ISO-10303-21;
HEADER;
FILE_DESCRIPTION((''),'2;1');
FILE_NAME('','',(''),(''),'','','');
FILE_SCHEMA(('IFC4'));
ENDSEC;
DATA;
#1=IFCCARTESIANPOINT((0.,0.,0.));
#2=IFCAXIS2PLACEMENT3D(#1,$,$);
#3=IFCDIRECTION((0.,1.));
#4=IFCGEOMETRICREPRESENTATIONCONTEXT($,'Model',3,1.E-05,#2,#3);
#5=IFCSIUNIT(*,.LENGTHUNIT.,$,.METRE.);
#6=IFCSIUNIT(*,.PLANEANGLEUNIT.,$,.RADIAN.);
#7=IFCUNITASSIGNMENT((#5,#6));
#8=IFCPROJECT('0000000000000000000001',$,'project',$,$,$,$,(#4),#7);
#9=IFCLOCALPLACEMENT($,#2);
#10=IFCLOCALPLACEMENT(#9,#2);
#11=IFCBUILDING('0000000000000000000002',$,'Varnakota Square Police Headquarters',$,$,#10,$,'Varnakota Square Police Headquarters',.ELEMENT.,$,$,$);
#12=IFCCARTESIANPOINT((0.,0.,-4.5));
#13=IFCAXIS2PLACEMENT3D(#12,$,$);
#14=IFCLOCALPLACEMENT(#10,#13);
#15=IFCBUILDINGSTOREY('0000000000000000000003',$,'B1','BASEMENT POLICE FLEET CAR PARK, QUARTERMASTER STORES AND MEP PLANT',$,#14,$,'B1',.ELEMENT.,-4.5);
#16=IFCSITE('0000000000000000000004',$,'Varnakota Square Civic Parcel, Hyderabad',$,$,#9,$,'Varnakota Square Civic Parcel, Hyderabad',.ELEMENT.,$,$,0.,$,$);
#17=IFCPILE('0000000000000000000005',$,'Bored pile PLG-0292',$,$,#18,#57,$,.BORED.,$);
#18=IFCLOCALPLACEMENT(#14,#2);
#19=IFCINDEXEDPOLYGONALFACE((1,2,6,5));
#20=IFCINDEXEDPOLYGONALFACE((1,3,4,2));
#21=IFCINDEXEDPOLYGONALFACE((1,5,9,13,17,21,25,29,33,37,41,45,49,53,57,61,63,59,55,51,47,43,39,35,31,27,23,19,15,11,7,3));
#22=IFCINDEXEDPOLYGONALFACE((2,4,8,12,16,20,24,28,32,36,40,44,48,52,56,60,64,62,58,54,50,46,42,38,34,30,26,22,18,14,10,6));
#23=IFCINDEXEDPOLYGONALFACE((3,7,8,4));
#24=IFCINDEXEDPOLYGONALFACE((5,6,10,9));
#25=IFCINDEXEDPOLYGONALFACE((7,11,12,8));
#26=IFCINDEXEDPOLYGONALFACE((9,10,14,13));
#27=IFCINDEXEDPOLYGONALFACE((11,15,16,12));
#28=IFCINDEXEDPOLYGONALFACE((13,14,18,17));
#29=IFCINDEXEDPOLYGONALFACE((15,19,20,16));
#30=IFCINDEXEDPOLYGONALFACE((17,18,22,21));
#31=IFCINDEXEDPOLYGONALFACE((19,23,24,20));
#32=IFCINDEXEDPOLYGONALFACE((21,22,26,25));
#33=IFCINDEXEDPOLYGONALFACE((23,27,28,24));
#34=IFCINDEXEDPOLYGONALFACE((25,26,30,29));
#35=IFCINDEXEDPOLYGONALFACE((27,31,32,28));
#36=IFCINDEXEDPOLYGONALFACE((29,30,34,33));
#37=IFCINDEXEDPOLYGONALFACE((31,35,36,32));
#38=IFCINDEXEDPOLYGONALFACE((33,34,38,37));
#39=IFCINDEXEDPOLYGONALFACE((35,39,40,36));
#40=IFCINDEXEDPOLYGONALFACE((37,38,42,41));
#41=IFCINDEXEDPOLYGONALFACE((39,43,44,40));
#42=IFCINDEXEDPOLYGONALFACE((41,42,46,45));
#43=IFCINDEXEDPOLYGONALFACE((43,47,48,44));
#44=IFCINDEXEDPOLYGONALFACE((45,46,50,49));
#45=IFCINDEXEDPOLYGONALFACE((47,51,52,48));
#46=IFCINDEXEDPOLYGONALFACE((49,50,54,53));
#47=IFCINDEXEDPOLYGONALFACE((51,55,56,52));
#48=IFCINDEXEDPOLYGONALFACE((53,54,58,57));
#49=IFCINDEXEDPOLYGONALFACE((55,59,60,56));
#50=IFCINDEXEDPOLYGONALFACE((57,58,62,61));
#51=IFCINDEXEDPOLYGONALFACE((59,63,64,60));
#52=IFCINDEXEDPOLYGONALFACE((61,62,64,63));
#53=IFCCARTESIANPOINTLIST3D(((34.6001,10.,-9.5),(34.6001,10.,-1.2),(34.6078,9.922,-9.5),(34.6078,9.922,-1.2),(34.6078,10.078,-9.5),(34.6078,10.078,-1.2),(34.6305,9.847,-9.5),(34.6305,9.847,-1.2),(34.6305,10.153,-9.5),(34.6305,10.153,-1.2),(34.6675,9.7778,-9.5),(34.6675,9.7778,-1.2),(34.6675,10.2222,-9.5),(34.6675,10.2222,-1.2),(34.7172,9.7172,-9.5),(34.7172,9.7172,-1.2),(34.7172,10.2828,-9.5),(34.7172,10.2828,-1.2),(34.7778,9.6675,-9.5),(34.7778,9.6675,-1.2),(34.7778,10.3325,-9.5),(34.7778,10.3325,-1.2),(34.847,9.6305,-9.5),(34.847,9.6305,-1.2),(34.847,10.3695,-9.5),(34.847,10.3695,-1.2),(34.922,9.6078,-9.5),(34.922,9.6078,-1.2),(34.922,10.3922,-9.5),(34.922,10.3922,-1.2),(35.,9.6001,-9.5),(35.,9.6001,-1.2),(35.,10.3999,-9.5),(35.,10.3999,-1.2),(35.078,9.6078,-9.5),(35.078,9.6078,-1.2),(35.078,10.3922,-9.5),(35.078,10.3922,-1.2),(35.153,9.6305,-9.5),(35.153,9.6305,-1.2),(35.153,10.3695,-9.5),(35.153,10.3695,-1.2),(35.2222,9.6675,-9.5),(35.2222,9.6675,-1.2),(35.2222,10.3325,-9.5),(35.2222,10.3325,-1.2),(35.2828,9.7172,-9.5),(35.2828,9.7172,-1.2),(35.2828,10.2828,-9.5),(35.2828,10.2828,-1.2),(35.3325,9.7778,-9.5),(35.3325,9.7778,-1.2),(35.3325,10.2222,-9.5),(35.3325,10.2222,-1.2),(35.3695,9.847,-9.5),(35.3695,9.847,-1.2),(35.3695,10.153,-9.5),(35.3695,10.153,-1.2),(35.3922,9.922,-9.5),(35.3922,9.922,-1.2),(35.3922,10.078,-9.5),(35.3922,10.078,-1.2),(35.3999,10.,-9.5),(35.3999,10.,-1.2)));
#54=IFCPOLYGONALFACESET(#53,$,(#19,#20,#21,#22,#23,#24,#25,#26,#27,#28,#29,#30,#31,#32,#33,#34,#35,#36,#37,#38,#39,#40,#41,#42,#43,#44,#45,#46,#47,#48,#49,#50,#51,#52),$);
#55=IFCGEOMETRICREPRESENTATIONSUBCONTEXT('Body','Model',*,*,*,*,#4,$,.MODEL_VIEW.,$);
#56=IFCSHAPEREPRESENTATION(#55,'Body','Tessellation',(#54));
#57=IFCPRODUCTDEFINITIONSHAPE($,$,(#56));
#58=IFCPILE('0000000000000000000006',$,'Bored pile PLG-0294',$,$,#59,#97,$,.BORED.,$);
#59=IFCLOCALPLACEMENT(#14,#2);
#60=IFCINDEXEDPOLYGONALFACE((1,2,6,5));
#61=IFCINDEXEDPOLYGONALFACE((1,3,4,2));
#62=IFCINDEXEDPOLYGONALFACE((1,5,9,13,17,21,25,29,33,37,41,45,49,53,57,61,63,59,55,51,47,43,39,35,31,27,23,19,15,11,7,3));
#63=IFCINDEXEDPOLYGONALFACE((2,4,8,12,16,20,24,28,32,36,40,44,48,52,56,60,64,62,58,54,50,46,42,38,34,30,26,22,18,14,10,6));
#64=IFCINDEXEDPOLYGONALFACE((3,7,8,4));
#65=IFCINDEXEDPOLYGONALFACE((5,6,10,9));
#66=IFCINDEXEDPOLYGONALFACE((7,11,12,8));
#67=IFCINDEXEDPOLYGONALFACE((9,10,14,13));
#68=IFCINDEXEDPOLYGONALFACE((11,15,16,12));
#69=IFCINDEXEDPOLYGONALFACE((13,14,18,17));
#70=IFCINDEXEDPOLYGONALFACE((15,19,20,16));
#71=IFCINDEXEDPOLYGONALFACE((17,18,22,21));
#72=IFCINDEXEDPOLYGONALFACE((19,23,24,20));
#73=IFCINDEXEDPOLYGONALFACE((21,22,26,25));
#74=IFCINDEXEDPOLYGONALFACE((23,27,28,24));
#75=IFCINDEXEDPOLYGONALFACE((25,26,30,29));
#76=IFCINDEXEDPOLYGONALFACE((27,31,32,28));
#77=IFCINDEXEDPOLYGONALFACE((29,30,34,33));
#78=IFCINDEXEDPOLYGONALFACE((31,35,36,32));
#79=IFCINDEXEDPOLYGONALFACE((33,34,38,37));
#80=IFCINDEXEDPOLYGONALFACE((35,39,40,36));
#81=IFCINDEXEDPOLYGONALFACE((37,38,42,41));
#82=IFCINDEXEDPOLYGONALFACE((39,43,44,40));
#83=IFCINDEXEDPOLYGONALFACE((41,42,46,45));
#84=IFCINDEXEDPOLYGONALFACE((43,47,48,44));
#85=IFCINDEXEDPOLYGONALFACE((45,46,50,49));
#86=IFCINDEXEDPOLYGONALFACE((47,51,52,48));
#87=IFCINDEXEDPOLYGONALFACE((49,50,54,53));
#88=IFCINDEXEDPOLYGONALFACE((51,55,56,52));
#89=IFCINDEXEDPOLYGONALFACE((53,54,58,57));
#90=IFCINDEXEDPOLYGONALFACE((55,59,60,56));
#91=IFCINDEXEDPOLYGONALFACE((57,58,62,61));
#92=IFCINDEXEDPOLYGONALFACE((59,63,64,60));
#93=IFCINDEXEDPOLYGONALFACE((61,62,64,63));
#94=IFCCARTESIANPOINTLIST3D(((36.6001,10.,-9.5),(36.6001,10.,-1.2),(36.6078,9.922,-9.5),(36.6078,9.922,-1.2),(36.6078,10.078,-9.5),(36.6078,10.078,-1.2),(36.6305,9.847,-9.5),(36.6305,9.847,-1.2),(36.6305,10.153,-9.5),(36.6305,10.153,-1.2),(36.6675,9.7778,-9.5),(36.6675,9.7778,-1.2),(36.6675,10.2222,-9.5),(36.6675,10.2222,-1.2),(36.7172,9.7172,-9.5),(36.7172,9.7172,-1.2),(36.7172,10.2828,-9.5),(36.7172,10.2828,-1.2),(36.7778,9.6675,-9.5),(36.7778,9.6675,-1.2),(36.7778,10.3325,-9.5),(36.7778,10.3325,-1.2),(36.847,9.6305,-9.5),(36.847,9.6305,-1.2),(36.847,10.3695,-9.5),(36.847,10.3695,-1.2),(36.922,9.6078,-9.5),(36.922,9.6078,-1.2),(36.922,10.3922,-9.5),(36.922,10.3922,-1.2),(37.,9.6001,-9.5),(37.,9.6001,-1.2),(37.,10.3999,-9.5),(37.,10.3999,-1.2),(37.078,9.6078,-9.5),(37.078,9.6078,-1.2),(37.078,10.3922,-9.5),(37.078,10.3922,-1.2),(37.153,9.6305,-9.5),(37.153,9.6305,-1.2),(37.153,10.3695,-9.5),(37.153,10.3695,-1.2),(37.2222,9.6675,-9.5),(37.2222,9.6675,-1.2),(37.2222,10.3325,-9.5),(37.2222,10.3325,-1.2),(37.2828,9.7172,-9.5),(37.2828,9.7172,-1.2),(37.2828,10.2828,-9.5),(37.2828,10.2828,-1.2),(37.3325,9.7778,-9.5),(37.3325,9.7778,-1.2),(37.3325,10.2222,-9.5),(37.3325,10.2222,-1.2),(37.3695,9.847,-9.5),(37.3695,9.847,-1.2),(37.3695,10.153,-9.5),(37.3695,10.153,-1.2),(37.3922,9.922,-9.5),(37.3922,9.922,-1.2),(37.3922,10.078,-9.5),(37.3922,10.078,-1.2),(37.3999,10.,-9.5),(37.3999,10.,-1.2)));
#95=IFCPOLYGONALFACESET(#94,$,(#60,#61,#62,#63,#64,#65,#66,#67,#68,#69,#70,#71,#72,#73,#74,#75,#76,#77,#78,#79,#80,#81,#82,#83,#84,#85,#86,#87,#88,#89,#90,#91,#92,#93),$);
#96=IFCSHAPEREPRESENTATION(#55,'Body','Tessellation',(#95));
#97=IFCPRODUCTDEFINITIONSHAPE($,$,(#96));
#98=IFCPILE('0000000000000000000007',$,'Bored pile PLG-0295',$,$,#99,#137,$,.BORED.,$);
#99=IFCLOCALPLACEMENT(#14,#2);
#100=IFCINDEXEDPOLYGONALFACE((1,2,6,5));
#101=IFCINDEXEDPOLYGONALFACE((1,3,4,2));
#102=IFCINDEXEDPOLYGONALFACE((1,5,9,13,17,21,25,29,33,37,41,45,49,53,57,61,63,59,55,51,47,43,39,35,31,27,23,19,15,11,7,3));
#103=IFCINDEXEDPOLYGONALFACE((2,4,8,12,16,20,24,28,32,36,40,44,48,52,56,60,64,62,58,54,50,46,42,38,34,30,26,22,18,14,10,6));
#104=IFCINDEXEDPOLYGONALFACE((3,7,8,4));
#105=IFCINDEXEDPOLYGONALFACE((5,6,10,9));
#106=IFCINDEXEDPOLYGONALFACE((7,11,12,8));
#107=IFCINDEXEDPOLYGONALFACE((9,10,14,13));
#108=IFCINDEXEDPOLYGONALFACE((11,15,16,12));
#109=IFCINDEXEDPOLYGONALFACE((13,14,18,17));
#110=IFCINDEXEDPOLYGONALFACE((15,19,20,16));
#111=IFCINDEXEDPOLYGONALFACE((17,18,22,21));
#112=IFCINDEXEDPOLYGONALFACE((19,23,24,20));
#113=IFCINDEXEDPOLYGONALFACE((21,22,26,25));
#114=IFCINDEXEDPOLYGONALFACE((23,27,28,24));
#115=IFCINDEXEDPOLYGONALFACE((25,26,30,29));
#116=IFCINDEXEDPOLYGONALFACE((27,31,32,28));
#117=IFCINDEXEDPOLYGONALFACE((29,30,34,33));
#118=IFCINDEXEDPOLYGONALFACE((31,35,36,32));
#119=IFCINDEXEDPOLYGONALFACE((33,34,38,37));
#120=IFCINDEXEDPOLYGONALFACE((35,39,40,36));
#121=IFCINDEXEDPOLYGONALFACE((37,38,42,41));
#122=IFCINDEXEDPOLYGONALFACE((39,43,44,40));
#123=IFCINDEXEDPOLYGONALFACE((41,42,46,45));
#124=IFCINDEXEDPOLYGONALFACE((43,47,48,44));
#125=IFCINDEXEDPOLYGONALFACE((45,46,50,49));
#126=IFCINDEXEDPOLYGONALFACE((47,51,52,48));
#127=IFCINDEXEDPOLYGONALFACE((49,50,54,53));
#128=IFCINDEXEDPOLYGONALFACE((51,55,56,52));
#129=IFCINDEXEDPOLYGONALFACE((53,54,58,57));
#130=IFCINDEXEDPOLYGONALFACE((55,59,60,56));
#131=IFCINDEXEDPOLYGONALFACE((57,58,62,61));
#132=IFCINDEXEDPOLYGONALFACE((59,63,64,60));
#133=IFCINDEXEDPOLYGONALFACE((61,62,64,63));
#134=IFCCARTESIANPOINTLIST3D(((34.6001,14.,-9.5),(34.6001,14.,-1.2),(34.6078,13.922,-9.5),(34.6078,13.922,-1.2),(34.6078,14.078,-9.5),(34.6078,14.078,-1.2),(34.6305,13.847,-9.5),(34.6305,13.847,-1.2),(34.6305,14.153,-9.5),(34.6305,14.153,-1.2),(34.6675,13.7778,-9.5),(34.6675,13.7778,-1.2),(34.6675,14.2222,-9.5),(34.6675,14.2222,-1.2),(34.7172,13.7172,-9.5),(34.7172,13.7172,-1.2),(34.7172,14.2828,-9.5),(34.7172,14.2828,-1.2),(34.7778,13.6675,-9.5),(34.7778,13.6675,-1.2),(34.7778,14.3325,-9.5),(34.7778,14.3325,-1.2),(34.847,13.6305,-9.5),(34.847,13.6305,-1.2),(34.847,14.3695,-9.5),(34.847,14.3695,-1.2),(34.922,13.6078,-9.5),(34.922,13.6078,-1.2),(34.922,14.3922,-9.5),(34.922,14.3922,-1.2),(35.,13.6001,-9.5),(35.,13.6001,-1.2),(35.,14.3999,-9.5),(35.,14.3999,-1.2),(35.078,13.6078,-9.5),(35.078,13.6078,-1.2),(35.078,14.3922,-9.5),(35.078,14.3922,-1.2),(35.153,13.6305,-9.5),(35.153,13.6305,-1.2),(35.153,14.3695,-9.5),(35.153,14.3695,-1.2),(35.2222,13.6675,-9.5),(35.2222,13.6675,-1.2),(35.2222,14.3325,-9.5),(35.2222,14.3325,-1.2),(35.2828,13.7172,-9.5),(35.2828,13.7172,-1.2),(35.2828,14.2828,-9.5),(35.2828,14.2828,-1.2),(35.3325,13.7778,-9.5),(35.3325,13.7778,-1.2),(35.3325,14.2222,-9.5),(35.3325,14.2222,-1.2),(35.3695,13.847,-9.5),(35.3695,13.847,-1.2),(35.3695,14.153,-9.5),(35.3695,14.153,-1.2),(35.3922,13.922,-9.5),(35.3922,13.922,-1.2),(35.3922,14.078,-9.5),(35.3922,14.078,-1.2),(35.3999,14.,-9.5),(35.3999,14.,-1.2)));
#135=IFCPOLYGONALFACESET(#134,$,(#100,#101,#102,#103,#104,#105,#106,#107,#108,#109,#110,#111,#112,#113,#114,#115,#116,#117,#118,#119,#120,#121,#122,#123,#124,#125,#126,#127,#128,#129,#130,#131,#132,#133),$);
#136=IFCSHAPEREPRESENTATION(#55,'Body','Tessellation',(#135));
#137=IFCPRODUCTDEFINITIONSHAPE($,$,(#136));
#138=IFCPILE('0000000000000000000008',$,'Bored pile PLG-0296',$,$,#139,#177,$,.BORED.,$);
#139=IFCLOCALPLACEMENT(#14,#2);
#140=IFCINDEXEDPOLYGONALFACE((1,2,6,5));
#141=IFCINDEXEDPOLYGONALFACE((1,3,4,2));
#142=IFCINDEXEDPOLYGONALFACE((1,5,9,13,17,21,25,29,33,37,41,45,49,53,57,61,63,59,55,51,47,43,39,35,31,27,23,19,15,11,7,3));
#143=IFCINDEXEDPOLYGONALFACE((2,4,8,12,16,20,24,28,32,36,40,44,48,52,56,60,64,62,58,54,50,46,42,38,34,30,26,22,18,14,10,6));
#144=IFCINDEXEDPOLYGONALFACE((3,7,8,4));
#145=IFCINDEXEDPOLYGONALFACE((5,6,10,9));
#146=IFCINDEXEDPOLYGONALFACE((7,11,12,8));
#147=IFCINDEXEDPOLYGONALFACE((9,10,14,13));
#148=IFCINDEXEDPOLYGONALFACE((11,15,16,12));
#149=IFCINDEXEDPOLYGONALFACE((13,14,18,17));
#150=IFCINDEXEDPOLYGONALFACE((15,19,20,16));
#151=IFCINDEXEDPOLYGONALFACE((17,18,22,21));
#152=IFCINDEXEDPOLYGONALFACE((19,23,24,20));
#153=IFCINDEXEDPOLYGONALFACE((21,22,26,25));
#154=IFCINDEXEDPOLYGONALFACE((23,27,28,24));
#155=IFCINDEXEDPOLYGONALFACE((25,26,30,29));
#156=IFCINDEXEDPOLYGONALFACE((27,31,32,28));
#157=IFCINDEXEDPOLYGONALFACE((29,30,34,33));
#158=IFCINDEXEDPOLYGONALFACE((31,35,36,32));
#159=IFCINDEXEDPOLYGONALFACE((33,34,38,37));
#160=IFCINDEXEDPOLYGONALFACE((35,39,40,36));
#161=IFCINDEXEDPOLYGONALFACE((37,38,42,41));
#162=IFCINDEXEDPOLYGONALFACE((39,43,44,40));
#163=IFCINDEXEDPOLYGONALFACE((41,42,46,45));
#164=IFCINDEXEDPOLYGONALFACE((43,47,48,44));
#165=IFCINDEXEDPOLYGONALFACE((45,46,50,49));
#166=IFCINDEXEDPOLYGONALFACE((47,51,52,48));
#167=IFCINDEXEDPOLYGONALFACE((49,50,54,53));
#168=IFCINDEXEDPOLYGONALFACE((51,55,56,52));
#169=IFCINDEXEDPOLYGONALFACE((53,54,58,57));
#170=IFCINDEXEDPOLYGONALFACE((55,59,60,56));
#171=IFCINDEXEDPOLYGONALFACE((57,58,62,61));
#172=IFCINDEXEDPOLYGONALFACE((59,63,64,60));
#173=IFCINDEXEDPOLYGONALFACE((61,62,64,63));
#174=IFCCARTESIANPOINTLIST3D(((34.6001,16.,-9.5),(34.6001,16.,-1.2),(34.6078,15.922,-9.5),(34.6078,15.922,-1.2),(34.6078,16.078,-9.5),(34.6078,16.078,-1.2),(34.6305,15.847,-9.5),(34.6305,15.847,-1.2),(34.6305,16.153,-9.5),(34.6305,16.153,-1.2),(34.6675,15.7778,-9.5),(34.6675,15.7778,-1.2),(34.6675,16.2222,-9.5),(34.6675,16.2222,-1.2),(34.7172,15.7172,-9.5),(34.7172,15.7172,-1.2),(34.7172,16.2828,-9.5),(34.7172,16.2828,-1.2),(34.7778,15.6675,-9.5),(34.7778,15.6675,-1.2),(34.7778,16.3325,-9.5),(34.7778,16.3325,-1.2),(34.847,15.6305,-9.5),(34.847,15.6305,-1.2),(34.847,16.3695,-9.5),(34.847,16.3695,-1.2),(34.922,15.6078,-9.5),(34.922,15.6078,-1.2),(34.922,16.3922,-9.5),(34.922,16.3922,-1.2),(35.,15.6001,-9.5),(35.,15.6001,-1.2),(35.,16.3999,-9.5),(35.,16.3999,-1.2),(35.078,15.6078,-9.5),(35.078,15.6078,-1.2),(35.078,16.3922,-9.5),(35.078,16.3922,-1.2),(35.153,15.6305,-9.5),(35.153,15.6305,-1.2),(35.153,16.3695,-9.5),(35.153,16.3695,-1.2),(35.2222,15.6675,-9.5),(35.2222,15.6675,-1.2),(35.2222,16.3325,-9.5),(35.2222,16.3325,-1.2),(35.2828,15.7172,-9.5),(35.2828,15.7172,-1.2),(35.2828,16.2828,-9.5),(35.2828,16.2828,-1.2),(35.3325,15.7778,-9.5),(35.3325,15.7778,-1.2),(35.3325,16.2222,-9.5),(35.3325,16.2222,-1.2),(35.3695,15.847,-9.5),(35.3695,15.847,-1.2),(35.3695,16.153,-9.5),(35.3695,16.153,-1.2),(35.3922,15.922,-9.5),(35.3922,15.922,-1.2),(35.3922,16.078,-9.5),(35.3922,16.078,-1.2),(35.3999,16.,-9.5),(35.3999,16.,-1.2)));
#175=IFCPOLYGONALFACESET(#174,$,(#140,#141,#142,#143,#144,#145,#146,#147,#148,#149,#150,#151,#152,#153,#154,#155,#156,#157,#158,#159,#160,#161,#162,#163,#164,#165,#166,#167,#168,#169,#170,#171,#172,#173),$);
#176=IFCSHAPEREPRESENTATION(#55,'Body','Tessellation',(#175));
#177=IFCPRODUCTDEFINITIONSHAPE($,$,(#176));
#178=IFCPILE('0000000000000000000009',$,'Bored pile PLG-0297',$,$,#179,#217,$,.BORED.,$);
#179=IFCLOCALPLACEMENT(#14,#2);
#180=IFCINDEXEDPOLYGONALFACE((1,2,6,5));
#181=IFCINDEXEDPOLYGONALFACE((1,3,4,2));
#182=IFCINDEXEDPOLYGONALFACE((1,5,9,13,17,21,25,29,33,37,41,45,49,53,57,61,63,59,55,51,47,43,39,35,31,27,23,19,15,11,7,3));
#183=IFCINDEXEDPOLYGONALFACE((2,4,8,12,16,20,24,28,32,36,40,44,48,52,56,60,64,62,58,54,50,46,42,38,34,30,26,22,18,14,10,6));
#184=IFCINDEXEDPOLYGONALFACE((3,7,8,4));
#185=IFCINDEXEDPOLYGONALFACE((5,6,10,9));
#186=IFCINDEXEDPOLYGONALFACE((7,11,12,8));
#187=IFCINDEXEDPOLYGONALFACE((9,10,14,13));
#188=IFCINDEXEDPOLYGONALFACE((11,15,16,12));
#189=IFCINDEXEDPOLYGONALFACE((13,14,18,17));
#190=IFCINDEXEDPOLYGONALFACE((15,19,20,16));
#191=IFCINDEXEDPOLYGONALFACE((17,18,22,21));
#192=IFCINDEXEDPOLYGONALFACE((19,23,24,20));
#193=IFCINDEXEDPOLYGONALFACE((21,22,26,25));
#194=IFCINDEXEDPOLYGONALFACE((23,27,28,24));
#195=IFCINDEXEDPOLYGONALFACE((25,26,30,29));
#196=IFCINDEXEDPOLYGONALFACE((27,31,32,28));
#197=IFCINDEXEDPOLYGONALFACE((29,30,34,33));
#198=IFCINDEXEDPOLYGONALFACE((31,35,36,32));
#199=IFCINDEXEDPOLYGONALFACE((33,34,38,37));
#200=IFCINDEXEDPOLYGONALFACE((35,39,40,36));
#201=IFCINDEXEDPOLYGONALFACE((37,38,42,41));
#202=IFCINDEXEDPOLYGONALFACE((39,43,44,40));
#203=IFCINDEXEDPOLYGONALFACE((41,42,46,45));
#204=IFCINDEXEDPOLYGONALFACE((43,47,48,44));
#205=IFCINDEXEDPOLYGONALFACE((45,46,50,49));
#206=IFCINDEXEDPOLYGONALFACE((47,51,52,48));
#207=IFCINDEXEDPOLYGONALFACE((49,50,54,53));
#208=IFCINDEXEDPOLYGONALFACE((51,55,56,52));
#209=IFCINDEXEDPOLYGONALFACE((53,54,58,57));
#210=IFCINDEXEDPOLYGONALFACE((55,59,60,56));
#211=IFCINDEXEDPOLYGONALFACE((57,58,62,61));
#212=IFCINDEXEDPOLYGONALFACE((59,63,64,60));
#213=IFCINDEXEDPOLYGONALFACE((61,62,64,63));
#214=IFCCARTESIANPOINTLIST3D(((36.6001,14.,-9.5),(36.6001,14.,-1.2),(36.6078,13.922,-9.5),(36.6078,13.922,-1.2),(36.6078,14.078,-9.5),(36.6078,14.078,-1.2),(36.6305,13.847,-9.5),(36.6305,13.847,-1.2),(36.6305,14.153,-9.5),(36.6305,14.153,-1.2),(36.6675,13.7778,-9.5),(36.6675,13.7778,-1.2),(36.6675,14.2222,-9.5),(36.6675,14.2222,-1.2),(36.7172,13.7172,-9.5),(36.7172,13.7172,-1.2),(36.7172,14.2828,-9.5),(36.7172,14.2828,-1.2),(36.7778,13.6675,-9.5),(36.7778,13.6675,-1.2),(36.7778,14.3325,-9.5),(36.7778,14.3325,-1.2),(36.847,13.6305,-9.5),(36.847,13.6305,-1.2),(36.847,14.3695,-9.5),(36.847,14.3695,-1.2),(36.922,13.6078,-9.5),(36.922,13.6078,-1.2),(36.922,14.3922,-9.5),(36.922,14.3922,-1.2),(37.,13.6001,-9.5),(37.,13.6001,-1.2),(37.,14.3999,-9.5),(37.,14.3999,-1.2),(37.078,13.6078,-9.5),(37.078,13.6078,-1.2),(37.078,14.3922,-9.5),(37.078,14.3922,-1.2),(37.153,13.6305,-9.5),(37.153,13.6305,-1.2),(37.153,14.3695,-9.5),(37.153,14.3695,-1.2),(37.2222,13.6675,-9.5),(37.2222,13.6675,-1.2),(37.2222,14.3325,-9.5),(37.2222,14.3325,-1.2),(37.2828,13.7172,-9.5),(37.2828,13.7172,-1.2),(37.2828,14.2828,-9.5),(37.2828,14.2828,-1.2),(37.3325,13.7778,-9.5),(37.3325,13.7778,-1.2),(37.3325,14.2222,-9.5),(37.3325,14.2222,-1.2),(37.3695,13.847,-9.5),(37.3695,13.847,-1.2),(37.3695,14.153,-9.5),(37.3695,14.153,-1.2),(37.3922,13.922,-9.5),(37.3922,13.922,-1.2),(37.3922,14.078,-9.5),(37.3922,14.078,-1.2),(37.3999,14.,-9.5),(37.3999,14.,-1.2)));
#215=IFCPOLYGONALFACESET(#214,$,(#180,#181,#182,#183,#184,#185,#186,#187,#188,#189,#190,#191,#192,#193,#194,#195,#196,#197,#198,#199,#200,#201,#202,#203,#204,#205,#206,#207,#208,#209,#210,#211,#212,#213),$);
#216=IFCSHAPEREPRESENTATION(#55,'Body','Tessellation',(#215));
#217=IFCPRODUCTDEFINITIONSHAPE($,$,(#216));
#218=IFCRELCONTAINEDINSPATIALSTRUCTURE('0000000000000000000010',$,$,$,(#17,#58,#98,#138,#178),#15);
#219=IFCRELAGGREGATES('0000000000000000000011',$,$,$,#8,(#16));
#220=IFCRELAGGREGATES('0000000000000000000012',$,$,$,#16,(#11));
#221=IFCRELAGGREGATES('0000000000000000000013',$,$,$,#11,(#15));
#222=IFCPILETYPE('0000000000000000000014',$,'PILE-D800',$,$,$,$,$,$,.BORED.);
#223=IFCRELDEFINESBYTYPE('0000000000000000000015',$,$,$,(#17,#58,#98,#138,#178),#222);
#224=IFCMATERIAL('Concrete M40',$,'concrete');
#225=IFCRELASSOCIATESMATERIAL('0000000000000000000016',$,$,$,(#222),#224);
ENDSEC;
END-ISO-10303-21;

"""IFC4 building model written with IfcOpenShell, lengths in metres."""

from ifc_helpers import new_model, si_unit, direction, frame, origin, origin_2d, place, context, subcontext, project, spatial, circle, extrude, material, material_profile, profile_set, type_object, element, save


model = new_model("IFC4")

# Units and contexts
model_context = context("Model", 3, precision=1e-05, world=origin(), true_north=direction((0.0, 1.0)))
body_context = subcontext(model_context, "Body", "Model", "MODEL_VIEW")
ifc_project = project(units=[si_unit("LENGTHUNIT", "METRE"), si_unit("PLANEANGLEUNIT", "RADIAN")], contexts=[model_context])

# Site, building, storey
site_placement = place(None, origin())
site = spatial("IfcSite", under=ifc_project, at=site_placement, Name="Varnakota Square Civic Parcel, Hyderabad", LongName="Varnakota Square Civic Parcel, Hyderabad", CompositionType="ELEMENT", RefElevation=0.0)
building_placement = place(site_placement, origin())
building = spatial("IfcBuilding", under=site, at=building_placement, Name="Varnakota Square Police Headquarters", LongName="Varnakota Square Police Headquarters", CompositionType="ELEMENT")
storey_placement = place(building_placement, frame((0.0, 0.0, -4.5)))
storey = spatial("IfcBuildingStorey", under=building, at=storey_placement, Name="B1", Description="BASEMENT POLICE FLEET CAR PARK, QUARTERMASTER STORES AND MEP PLANT", LongName="B1", CompositionType="ELEMENT", Elevation=-4.5)

# Shared definitions
ifc_material_1 = material(Name="Concrete M40", Category="concrete")

# Piles
ifc_material_profile_1 = material_profile(ifc_material_1, circle(Radius=0.3999, at=origin_2d()), Name="BORED PILE 800")
ifc_profile_set_1 = profile_set([ifc_material_profile_1], Name="Concrete M40")
pile_type = type_object("IfcPileType", Name="PILE-D800", PredefinedType="BORED", material=ifc_profile_set_1)
for number, where, z_axis, x_axis, name in (
    (1, (35.0, 10.0, -1.2), (0.0, 0.0, -1.0), (1.0, 0.0, 0.0), "Bored pile PLG-0292"),
    (2, (37.0, 10.0, -1.2), (0.0, 0.0, -1.0), (1.0, 0.0, 0.0), "Bored pile PLG-0294"),
    (3, (35.0, 14.0, -1.2), (0.0, 0.0, -1.0), (1.0, 0.0, 0.0), "Bored pile PLG-0295"),
    (4, (35.0, 16.0, -1.2), (0.0, 0.0, -1.0), (1.0, 0.0, 0.0), "Bored pile PLG-0296"),
    (5, (37.0, 14.0, -1.2), (0.0, 0.0, -1.0), (1.0, 0.0, 0.0), "Bored pile PLG-0297"),
):
    element("IfcPile", number, at=place(storey_placement, frame(where, z_axis=z_axis, x_axis=x_axis)), inside=storey, type_object=pile_type, Name=name, PredefinedType="BORED", context=body_context, shape_type="SweptSolid", body=[
        extrude(circle(Radius=0.3999, at=origin_2d()), origin(), (0.0, 0.0, 1.0), 8.3),
    ])

save(model, "model.ifc")
